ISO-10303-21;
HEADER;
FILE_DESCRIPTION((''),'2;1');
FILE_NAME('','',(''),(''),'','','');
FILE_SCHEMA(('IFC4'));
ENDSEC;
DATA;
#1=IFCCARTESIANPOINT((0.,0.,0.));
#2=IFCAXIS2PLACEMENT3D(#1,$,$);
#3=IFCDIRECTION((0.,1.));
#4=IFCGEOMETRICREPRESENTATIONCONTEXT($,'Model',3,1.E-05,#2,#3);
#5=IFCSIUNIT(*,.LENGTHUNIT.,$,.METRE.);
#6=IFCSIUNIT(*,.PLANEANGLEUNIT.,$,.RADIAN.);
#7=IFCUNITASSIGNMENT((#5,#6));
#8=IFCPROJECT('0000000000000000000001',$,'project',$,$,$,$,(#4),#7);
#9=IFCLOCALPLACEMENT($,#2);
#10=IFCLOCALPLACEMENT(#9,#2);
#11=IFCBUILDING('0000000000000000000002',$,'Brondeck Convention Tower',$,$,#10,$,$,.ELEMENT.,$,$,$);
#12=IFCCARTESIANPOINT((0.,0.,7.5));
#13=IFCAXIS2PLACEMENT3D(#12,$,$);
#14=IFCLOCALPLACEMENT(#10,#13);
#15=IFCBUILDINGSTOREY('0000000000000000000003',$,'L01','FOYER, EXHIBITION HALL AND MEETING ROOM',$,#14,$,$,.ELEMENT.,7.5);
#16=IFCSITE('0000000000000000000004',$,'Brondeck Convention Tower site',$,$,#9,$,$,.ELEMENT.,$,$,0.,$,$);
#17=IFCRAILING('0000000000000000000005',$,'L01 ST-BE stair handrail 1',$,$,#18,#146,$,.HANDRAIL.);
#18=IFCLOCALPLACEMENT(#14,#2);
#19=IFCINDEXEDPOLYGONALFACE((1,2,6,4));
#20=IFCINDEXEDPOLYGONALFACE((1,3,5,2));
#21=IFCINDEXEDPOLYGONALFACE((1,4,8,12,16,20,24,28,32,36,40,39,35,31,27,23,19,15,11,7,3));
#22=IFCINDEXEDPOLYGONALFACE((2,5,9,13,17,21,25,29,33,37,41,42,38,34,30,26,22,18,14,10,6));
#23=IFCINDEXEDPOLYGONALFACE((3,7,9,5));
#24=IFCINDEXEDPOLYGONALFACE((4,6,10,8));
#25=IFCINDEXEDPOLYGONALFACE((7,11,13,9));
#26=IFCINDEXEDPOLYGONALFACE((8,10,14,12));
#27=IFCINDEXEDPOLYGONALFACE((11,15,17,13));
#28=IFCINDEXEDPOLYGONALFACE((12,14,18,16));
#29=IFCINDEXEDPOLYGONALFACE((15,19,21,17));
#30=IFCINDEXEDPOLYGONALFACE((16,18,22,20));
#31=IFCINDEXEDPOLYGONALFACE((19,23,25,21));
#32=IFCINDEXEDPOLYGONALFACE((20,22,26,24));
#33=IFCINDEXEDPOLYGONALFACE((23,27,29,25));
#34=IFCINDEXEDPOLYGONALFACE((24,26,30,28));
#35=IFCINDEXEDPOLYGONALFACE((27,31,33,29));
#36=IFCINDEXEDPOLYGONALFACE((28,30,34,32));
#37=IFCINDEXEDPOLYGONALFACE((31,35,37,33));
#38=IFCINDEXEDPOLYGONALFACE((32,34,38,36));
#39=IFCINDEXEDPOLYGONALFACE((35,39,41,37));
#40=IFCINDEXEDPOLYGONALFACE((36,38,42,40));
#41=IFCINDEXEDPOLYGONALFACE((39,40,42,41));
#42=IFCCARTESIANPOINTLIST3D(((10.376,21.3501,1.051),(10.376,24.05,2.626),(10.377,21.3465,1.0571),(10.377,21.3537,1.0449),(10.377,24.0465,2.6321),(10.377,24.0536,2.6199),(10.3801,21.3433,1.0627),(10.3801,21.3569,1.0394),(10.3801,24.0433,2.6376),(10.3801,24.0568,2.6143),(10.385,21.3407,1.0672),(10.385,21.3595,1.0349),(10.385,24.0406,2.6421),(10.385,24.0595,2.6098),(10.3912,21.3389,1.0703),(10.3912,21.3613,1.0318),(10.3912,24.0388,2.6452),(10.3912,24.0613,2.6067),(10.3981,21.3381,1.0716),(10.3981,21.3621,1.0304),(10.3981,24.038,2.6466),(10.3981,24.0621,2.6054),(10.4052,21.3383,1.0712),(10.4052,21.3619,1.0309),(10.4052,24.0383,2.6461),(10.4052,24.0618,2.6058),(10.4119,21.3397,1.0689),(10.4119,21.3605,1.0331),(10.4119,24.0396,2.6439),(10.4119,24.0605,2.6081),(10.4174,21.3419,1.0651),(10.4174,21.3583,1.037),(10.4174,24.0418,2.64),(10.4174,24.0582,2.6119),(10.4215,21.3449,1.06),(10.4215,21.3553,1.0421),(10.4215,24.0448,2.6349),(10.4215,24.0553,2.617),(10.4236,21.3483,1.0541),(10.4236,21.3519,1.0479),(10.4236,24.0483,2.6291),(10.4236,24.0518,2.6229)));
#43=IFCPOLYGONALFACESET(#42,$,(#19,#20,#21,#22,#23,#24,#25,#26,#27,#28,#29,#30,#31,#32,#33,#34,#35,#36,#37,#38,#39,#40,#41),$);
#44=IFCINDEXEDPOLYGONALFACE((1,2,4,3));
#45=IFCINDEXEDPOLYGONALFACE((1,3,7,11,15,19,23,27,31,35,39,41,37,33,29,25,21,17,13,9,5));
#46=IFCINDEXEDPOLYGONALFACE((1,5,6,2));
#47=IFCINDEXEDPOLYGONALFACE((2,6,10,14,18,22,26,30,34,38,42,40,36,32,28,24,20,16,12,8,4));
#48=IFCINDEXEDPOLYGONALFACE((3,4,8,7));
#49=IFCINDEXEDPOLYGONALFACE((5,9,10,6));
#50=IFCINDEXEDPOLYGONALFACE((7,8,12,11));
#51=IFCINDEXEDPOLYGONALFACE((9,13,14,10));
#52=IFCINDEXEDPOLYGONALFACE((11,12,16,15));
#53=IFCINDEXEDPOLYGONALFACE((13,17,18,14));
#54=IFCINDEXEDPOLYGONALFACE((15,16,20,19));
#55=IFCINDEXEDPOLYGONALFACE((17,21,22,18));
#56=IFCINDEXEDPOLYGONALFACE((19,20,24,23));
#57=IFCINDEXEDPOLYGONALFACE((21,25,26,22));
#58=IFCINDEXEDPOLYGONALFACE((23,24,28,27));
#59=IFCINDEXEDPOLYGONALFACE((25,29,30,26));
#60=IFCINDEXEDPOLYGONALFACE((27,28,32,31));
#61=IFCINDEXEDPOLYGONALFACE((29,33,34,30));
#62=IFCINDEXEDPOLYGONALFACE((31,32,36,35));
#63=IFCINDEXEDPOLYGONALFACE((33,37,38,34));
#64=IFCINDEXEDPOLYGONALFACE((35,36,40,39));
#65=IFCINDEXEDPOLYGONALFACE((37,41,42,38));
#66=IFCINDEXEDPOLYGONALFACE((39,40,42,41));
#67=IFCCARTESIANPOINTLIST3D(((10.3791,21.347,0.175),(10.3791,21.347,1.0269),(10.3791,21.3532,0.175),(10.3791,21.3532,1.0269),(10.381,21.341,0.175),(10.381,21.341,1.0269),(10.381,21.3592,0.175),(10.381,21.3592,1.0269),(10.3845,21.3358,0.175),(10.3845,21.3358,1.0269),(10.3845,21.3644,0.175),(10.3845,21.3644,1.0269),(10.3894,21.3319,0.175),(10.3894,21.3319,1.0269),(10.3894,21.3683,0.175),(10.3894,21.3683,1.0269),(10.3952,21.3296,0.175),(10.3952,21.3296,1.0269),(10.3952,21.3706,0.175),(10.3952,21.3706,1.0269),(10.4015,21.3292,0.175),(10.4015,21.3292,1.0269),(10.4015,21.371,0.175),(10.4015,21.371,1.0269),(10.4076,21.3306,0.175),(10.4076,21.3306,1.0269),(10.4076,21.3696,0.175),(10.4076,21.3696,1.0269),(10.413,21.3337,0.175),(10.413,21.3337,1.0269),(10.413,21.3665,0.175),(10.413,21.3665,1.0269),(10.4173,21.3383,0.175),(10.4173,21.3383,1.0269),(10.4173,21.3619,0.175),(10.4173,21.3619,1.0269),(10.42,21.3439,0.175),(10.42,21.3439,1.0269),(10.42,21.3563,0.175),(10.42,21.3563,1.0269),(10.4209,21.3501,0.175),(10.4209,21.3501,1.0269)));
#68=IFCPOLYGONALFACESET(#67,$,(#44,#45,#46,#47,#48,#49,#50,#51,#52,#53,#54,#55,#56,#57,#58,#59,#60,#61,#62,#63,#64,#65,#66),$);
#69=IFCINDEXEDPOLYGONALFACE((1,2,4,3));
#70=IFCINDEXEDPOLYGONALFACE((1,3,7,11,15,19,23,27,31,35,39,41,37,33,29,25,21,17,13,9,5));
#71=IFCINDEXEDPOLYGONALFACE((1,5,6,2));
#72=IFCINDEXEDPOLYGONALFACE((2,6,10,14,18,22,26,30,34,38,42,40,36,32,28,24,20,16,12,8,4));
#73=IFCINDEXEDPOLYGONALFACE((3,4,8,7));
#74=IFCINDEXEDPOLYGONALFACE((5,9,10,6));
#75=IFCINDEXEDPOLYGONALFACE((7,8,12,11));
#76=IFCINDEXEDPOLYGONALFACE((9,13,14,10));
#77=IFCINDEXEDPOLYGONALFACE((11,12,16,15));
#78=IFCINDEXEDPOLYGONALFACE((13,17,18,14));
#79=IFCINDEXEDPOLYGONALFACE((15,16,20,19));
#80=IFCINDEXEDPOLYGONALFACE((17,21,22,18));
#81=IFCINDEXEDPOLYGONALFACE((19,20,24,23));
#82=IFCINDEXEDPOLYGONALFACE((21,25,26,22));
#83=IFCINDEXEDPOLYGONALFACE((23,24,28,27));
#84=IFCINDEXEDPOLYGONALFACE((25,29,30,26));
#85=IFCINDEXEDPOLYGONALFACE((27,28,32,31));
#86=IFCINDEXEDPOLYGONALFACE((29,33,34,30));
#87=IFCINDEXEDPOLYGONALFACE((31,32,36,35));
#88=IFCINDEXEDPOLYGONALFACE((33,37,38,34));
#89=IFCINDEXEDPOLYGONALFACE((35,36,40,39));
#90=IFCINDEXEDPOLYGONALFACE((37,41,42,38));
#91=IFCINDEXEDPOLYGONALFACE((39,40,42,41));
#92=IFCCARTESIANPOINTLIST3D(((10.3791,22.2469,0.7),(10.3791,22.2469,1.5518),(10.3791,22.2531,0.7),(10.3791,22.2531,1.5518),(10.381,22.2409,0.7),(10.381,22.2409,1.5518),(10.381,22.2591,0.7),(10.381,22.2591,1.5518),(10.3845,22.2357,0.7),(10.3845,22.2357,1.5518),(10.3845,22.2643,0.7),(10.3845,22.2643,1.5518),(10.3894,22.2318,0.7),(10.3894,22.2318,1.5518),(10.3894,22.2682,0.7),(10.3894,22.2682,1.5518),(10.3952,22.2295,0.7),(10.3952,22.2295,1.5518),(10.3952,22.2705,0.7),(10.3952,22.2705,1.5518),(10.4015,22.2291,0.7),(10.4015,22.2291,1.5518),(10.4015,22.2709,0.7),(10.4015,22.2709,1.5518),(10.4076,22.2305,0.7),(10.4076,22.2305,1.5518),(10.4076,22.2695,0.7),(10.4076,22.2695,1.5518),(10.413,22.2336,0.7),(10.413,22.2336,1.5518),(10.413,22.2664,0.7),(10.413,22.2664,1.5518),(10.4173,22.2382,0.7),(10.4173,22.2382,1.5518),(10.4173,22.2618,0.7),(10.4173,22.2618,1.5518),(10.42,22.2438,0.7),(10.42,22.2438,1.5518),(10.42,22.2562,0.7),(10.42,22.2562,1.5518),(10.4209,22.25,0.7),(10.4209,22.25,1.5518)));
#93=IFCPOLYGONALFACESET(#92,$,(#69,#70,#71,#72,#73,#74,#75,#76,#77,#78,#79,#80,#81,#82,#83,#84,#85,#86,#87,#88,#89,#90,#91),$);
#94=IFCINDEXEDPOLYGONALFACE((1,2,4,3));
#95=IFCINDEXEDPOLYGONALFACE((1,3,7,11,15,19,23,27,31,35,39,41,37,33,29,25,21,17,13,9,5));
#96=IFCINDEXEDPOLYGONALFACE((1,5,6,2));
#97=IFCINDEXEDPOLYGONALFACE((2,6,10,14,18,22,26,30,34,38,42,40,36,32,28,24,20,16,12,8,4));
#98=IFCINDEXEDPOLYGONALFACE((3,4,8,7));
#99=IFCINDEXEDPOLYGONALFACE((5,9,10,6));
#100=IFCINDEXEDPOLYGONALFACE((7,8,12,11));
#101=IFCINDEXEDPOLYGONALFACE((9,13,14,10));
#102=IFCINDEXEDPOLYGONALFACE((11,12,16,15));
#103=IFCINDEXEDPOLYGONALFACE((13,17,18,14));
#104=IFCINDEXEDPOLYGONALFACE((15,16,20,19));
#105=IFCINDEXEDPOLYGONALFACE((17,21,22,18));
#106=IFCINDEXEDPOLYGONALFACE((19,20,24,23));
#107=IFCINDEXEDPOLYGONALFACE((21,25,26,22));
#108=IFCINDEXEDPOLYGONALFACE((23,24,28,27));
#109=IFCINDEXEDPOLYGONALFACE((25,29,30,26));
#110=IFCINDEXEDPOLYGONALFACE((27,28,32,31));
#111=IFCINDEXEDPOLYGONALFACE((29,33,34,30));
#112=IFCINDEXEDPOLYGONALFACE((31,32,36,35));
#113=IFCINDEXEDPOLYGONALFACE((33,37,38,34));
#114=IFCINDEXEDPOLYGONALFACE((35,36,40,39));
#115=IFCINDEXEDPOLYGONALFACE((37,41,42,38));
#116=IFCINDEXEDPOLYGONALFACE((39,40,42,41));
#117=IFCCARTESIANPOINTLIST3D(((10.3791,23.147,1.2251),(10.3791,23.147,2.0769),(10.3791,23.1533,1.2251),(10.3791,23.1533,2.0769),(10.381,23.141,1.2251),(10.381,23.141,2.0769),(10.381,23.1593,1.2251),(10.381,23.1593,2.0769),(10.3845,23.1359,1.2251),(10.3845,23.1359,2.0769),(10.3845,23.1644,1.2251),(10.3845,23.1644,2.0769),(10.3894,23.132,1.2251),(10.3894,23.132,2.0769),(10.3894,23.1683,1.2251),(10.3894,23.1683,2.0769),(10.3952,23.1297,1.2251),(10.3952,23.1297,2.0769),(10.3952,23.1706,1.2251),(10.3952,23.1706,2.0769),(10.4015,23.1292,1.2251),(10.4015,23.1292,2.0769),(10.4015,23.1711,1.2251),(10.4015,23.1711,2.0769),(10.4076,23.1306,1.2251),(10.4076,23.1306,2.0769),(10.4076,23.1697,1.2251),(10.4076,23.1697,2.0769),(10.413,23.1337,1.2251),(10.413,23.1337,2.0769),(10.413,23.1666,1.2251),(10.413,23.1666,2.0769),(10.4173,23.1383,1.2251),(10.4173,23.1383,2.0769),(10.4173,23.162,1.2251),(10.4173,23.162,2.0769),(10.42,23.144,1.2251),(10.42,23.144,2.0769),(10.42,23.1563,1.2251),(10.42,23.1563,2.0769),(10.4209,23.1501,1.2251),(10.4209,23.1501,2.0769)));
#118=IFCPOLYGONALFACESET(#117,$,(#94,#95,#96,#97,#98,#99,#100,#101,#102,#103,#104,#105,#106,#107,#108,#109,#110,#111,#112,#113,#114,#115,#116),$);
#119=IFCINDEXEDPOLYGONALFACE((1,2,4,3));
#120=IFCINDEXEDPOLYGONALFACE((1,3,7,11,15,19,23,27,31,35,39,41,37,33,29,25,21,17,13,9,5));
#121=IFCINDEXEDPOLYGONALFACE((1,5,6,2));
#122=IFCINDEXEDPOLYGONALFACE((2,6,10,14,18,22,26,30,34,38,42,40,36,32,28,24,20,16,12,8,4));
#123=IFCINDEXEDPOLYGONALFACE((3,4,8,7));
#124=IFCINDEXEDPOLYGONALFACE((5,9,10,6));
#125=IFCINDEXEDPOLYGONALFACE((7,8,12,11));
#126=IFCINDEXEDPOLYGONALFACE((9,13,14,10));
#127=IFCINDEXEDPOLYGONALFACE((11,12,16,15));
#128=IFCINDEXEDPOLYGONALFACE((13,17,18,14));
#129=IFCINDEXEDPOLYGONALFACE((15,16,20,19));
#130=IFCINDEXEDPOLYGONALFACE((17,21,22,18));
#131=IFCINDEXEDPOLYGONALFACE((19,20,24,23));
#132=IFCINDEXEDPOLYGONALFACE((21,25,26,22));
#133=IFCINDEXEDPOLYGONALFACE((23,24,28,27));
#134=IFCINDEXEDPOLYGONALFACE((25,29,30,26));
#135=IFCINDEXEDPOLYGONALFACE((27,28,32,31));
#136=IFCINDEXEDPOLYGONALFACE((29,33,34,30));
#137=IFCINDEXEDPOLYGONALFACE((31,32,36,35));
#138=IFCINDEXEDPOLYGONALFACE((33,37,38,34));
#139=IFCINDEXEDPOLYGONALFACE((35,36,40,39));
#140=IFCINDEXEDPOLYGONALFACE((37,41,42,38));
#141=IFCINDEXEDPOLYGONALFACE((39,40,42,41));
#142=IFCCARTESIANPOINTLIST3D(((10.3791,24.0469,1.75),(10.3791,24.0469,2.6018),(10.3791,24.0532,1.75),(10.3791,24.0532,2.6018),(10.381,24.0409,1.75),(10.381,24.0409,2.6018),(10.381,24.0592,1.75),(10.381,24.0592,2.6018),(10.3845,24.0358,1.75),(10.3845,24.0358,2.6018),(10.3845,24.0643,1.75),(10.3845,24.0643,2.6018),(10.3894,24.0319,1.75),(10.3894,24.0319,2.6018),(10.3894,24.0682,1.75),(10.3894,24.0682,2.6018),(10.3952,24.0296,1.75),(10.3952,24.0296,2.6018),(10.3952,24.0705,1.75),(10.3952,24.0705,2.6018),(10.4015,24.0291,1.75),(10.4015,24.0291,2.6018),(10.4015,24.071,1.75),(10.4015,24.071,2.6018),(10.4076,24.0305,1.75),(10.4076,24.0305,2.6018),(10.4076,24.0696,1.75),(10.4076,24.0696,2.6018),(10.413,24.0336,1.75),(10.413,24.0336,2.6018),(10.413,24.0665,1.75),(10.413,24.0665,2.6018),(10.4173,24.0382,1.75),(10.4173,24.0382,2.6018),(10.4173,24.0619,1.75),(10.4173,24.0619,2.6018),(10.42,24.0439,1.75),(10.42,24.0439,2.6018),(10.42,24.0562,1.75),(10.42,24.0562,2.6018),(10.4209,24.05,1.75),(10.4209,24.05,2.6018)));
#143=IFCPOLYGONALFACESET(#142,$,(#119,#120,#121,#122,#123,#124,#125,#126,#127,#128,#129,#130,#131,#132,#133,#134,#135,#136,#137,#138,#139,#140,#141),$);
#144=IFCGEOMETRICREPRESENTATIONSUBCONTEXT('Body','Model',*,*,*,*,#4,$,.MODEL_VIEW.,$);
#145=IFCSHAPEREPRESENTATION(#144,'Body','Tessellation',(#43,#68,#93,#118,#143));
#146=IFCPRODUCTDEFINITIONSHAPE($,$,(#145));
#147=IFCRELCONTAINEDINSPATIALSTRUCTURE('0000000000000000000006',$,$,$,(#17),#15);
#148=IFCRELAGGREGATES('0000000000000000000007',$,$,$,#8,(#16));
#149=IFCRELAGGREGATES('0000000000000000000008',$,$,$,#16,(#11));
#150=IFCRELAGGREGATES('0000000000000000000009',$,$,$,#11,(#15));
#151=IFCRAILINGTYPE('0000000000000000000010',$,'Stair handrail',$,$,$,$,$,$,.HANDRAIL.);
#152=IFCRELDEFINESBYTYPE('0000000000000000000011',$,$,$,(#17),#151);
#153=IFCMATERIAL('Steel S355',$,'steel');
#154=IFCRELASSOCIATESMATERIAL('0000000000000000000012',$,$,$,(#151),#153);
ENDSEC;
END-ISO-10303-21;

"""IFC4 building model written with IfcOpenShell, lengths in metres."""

from ifc_helpers import new_model, si_unit, direction, frame, origin, origin_2d, place, context, subcontext, project, spatial, circle, extrude, material, type_object, element, save


model = new_model("IFC4")

# Units and contexts
model_context = context("Model", 3, precision=1e-05, world=origin(), true_north=direction((0.0, 1.0)))
body_context = subcontext(model_context, "Body", "Model", "MODEL_VIEW")
ifc_project = project(units=[si_unit("LENGTHUNIT", "METRE"), si_unit("PLANEANGLEUNIT", "RADIAN")], contexts=[model_context])

# Site, building, storey
site_placement = place(None, origin())
site = spatial("IfcSite", under=ifc_project, at=site_placement, Name="Brondeck Convention Tower site", CompositionType="ELEMENT", RefElevation=0.0)
building_placement = place(site_placement, origin())
building = spatial("IfcBuilding", under=site, at=building_placement, Name="Brondeck Convention Tower", CompositionType="ELEMENT")
storey_placement = place(building_placement, frame((0.0, 0.0, 7.5)))
storey = spatial("IfcBuildingStorey", under=building, at=storey_placement, Name="L01", Description="FOYER, EXHIBITION HALL AND MEETING ROOM", CompositionType="ELEMENT", Elevation=7.5)

# Shared definitions
ifc_material_1 = material(Name="Steel S355", Category="steel")

# Railing
railing_type_1 = type_object("IfcRailingType", Name="Stair handrail", PredefinedType="HANDRAIL", material=ifc_material_1)
railing_1_placement = place(storey_placement, frame((10.3999, 21.3501, 0.175)))
element("IfcRailing", 1, at=railing_1_placement, inside=storey, type_object=railing_type_1, Name="L01 ST-BE stair handrail 1", PredefinedType="HANDRAIL", context=body_context, shape_type="SweptSolid", body=[
    extrude(circle(Radius=0.0239, at=origin_2d()), frame((0.0, 0.0, 0.876), z_axis=(0.0, 0.863782, 0.503866), x_axis=(-1.0, 0.0, 0.0)), (0.0, 0.0, 1.0), 3.1257),
    extrude(circle(Radius=0.021, at=origin_2d()), origin(), (0.0, 0.0, 1.0), 0.8518),
    extrude(circle(Radius=0.021, at=origin_2d()), frame((0.0, 0.8999, 0.5249)), (0.0, 0.0, 1.0), 0.8518),
    extrude(circle(Radius=0.021, at=origin_2d()), frame((0.0, 1.8, 1.05)), (0.0, 0.0, 1.0), 0.8518),
    extrude(circle(Radius=0.021, at=origin_2d()), frame((0.0, 2.7, 1.575)), (0.0, 0.0, 1.0), 0.8518),
])

save(model, "model.ifc")
